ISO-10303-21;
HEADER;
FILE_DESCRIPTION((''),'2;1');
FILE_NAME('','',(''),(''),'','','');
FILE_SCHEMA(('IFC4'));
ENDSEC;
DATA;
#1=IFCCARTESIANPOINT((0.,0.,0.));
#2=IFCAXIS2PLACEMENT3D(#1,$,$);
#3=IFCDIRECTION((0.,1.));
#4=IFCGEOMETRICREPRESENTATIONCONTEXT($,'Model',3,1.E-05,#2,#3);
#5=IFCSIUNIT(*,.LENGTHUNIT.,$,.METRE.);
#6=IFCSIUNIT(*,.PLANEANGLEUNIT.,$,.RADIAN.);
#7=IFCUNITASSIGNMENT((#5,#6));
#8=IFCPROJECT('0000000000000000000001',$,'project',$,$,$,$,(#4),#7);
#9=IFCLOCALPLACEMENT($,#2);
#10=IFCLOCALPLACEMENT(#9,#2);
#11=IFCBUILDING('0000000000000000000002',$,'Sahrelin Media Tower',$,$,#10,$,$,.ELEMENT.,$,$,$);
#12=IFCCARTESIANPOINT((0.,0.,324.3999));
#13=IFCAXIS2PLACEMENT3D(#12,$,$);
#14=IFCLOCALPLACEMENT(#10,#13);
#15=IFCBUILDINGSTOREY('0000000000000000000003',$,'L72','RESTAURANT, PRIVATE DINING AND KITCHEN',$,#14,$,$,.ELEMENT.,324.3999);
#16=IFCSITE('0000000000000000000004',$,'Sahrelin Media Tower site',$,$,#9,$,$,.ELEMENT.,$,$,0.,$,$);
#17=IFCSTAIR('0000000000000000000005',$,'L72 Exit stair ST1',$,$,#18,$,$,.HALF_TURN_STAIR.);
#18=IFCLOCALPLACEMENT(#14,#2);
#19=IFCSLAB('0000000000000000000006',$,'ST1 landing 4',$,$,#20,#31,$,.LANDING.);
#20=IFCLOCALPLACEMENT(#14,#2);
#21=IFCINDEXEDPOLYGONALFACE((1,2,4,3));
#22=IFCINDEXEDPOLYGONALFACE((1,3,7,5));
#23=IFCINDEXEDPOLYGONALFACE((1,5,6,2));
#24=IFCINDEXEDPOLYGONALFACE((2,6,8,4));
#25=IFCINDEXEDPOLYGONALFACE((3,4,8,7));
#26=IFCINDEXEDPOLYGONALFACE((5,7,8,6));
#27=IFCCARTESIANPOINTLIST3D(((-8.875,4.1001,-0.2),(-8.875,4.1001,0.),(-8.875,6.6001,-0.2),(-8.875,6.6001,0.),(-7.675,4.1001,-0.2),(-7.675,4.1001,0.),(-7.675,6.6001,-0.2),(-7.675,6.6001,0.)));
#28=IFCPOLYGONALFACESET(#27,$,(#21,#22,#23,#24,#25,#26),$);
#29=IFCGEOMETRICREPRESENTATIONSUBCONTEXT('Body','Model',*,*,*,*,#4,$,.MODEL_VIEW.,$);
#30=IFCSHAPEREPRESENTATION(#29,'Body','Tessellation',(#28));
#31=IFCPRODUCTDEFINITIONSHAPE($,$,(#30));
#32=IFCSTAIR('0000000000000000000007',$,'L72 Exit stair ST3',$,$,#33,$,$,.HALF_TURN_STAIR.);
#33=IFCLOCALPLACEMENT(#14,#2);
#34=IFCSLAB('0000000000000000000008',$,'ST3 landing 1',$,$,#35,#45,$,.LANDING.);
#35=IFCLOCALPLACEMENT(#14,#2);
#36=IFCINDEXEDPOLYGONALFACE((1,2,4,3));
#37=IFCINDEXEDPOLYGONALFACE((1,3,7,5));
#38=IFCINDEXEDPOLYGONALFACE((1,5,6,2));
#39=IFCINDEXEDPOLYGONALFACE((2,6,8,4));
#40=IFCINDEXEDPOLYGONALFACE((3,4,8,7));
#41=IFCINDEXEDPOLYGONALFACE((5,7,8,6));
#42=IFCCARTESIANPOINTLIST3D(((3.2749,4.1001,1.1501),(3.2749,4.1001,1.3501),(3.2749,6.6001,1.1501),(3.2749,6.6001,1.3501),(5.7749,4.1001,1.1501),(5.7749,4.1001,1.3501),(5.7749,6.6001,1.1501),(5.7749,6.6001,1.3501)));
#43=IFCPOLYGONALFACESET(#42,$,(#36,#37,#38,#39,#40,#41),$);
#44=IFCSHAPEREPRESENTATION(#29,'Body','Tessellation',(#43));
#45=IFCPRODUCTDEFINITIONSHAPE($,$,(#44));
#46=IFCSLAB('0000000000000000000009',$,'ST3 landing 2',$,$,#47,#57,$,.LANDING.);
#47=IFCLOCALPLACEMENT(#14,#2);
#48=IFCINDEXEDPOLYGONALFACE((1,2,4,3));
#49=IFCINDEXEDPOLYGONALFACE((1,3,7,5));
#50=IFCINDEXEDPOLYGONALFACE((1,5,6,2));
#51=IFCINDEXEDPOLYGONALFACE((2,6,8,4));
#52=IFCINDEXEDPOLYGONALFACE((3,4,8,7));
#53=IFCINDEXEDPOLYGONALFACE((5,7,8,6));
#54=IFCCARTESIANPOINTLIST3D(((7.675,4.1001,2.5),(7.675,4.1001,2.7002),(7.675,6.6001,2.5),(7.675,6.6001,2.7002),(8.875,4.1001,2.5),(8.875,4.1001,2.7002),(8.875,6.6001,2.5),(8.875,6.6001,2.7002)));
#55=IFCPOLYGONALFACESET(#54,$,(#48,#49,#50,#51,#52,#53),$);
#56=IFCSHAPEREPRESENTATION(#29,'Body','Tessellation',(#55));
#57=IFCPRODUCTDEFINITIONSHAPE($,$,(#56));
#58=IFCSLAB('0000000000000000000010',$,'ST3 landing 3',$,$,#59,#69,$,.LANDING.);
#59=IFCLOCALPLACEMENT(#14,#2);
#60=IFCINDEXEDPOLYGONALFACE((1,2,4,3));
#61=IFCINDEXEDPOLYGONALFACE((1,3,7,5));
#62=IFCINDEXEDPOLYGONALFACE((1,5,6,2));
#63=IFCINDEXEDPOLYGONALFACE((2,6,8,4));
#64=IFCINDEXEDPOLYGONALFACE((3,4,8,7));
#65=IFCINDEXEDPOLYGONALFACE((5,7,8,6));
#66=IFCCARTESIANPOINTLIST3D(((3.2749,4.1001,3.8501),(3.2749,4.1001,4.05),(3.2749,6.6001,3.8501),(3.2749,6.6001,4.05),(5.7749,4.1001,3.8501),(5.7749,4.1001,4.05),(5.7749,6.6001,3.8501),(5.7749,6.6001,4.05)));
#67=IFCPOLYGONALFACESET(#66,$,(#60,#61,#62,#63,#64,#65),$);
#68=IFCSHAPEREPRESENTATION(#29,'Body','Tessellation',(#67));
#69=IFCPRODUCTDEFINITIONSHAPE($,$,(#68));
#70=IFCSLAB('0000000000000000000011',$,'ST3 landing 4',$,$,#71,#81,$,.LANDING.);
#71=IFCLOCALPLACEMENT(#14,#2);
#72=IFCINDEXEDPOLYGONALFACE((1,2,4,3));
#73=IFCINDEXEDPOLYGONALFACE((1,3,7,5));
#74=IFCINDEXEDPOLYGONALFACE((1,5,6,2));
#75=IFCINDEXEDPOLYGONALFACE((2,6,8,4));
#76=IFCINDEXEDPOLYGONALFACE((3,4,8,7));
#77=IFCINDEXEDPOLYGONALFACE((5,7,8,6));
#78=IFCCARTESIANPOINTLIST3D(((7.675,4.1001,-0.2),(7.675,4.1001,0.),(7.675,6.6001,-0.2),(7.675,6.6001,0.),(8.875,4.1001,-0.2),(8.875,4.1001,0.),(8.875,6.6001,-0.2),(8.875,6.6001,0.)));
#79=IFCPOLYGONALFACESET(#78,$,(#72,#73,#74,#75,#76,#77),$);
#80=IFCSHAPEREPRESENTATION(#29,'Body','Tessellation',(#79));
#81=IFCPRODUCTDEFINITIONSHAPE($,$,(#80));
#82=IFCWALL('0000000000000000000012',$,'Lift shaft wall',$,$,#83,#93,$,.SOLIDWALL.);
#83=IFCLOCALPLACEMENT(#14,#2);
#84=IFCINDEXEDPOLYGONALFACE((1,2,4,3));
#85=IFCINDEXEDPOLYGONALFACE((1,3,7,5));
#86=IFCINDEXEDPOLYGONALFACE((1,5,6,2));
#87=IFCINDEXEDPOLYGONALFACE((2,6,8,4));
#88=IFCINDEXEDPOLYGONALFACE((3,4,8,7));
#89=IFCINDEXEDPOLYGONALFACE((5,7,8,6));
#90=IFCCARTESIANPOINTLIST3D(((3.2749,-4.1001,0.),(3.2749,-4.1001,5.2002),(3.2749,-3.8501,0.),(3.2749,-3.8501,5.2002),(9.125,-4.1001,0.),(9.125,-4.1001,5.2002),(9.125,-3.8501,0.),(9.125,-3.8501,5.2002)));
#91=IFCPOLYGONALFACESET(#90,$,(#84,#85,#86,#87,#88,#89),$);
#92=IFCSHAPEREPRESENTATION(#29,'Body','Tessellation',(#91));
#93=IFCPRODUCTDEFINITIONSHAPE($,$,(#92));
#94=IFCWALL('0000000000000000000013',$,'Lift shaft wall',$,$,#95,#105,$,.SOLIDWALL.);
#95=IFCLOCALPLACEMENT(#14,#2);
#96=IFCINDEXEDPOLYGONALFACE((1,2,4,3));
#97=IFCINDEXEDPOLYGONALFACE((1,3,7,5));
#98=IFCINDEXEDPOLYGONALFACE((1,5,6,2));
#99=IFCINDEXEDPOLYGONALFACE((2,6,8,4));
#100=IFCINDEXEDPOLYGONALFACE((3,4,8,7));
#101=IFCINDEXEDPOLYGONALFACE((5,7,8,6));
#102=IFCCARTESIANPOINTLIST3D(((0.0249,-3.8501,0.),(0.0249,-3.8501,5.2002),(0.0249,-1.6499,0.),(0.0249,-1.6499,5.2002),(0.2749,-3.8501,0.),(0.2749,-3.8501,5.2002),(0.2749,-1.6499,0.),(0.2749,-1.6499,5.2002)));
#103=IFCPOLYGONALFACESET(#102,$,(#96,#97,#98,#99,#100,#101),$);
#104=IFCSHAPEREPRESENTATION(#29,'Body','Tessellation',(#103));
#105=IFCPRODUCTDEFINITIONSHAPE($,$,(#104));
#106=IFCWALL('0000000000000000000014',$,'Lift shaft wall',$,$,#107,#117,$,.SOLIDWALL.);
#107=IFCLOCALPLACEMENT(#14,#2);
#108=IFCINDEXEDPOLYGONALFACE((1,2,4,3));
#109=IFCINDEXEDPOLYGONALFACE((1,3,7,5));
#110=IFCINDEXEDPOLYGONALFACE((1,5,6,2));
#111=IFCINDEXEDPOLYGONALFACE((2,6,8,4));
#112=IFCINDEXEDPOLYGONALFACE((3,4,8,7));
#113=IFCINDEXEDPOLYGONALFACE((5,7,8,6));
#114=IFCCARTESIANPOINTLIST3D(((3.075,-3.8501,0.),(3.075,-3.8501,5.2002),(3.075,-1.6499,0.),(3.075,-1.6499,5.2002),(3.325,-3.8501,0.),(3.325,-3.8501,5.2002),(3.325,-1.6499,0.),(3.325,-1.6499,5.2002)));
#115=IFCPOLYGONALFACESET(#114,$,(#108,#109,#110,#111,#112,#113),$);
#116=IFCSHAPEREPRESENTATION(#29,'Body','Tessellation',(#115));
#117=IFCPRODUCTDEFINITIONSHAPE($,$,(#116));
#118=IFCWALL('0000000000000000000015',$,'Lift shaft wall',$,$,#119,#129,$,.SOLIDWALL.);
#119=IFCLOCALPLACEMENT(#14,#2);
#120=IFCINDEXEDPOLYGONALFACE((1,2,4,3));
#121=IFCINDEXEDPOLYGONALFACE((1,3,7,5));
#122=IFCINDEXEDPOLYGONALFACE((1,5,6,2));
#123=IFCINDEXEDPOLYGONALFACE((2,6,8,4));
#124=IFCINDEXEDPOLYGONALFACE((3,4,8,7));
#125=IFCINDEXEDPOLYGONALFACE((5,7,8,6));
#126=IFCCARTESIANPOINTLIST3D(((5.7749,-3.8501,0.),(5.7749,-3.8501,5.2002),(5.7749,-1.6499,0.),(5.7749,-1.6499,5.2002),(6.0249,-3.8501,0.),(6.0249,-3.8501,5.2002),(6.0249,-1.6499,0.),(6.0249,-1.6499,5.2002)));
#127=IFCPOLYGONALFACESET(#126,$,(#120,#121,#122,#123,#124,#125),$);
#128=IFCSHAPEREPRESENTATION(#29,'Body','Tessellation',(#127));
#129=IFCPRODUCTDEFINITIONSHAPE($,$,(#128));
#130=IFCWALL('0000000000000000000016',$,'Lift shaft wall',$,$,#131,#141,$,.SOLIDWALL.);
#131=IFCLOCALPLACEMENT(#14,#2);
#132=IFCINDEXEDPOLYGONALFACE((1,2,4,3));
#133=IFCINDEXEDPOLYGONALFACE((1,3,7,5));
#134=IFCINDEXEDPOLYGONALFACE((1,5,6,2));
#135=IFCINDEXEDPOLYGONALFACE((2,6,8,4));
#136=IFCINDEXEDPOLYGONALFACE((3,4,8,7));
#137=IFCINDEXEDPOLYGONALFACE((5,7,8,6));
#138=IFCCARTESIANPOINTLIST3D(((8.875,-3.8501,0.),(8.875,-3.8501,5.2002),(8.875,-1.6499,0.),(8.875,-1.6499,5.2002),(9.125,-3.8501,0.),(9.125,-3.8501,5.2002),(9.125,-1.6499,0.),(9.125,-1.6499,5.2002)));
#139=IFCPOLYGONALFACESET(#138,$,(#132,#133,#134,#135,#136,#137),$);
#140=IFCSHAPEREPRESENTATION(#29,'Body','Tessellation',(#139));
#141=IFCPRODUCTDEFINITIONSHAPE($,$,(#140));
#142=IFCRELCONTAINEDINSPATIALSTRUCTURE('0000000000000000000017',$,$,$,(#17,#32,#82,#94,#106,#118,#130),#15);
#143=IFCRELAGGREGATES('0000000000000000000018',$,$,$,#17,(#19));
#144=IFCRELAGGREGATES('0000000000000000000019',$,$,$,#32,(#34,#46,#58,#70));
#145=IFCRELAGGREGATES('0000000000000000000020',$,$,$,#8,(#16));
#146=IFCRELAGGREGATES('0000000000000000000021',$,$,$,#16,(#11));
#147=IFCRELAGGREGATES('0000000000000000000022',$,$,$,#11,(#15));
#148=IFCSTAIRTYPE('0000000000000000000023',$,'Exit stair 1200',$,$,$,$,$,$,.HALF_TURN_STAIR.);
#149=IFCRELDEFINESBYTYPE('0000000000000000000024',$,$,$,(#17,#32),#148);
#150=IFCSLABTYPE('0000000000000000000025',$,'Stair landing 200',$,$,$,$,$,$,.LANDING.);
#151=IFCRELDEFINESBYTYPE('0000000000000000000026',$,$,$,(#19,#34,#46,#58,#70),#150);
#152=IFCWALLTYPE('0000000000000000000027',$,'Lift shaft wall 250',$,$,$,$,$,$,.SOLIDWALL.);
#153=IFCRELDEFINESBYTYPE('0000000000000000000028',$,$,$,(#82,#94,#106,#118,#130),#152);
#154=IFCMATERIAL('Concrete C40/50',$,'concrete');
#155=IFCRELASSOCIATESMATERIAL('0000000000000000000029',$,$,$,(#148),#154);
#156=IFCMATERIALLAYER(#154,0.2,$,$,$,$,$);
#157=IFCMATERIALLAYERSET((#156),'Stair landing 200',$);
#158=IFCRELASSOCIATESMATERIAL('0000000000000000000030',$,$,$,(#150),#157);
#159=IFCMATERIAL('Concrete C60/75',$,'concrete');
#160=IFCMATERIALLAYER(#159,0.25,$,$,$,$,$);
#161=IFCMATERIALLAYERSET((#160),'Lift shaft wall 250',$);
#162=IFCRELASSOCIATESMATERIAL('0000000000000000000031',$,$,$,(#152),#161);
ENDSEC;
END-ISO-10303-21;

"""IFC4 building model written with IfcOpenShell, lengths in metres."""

from ifc_helpers import new_model, si_unit, direction, frame, frame_2d, origin, place, context, subcontext, project, spatial, polyline, rectangle, outline, extrude, material, layer, layer_set, type_object, element, aggregate, save


model = new_model("IFC4")

# Units and contexts
model_context = context("Model", 3, precision=1e-05, world=origin(), true_north=direction((0.0, 1.0)))
body_context = subcontext(model_context, "Body", "Model", "MODEL_VIEW")
ifc_project = project(units=[si_unit("LENGTHUNIT", "METRE"), si_unit("PLANEANGLEUNIT", "RADIAN")], contexts=[model_context])

# Site, building, storey
site_placement = place(None, origin())
site = spatial("IfcSite", under=ifc_project, at=site_placement, Name="Sahrelin Media Tower site", CompositionType="ELEMENT", RefElevation=0.0)
building_placement = place(site_placement, origin())
building = spatial("IfcBuilding", under=site, at=building_placement, Name="Sahrelin Media Tower", CompositionType="ELEMENT")
storey_placement = place(building_placement, frame((0.0, 0.0, 324.3999)))
storey = spatial("IfcBuildingStorey", under=building, at=storey_placement, Name="L72", Description="RESTAURANT, PRIVATE DINING AND KITCHEN", CompositionType="ELEMENT", Elevation=324.3999)

# Stair, slab
ifc_material_1 = material(Name="Concrete C40/50", Category="concrete")
stair_type = type_object("IfcStairType", Name="Exit stair 1200", PredefinedType="HALF_TURN_STAIR", material=ifc_material_1)
placement_1 = place(storey_placement, origin())
stair_1 = element("IfcStair", 1, at=placement_1, inside=storey, type_object=stair_type, Name="L72 Exit stair ST1", PredefinedType="HALF_TURN_STAIR")
ifc_layer_1 = layer(ifc_material_1, 0.2)
ifc_layer_set_1 = layer_set([ifc_layer_1], Name="Stair landing 200")
slab_type = type_object("IfcSlabType", Name="Stair landing 200", PredefinedType="LANDING", material=ifc_layer_set_1)
placement_2 = place(storey_placement, frame((0.0, 0.0, -0.2)))
slab_1 = element("IfcSlab", 2, at=placement_2, type_object=slab_type, Name="ST1 landing 4", PredefinedType="LANDING", context=body_context, shape_type="SweptSolid", body=[
    extrude(outline(polyline([(-8.875, 4.1001), (-7.675, 4.1001), (-7.675, 6.6001), (-8.875, 6.6001), (-8.875, 4.1001)])), origin(), (0.0, 0.0, 1.0), 0.2),
])
aggregate(stair_1, [slab_1])

# Stair, slabs
stair_2 = element("IfcStair", 3, at=placement_1, inside=storey, type_object=stair_type, Name="L72 Exit stair ST3", PredefinedType="HALF_TURN_STAIR")
slab_2_placement = place(storey_placement, frame((0.0, 0.0, 1.1501)))
slab_2 = element("IfcSlab", 4, at=slab_2_placement, type_object=slab_type, Name="ST3 landing 1", PredefinedType="LANDING", context=body_context, shape_type="SweptSolid", body=[
    extrude(outline(polyline([(5.7749, 6.6001), (3.2749, 6.6001), (3.2749, 4.1001), (5.7749, 4.1001), (5.7749, 6.6001)])), origin(), (0.0, 0.0, 1.0), 0.2),
])
slab_3_placement = place(storey_placement, frame((0.0, 0.0, 2.5)))
slab_3 = element("IfcSlab", 5, at=slab_3_placement, type_object=slab_type, Name="ST3 landing 2", PredefinedType="LANDING", context=body_context, shape_type="SweptSolid", body=[
    extrude(outline(polyline([(8.875, 6.6001), (7.675, 6.6001), (7.675, 4.1001), (8.875, 4.1001), (8.875, 6.6001)])), origin(), (0.0, 0.0, 1.0), 0.2002),
])
slab_4_placement = place(storey_placement, frame((0.0, 0.0, 3.8501)))
slab_4 = element("IfcSlab", 6, at=slab_4_placement, type_object=slab_type, Name="ST3 landing 3", PredefinedType="LANDING", context=body_context, shape_type="SweptSolid", body=[
    extrude(outline(polyline([(5.7749, 6.6001), (3.2749, 6.6001), (3.2749, 4.1001), (5.7749, 4.1001), (5.7749, 6.6001)])), origin(), (0.0, 0.0, 1.0), 0.2),
])
slab_5 = element("IfcSlab", 7, at=placement_2, type_object=slab_type, Name="ST3 landing 4", PredefinedType="LANDING", context=body_context, shape_type="SweptSolid", body=[
    extrude(outline(polyline([(8.875, 6.6001), (7.675, 6.6001), (7.675, 4.1001), (8.875, 4.1001), (8.875, 6.6001)])), origin(), (0.0, 0.0, 1.0), 0.2),
])
aggregate(stair_2, [slab_2, slab_3, slab_4, slab_5])

# Walls
ifc_material_2 = material(Name="Concrete C60/75", Category="concrete")
ifc_layer_2 = layer(ifc_material_2, 0.25)
ifc_layer_set_2 = layer_set([ifc_layer_2], Name="Lift shaft wall 250")
wall_type = type_object("IfcWallType", Name="Lift shaft wall 250", PredefinedType="SOLIDWALL", material=ifc_layer_set_2)
wall_placement = place(storey_placement, frame((3.2749, -3.9751, 0.0), z_axis=(0.0, 0.0, 1.0), x_axis=(1.0, 0.0, 0.0)))
element("IfcWall", 8, at=wall_placement, inside=storey, type_object=wall_type, Name="Lift shaft wall", PredefinedType="SOLIDWALL", context=body_context, shape_type="SweptSolid", body=[
    extrude(rectangle(XDim=5.8501, YDim=0.25, at=frame_2d((2.925, 0.0))), origin(), (0.0, 0.0, 1.0), 5.2002),
])
for number, where, z_axis, x_axis, name in (
    (9, (0.1499, -3.8501, 0.0), (0.0, 0.0, 1.0), (0.0, 1.0, 0.0), "Lift shaft wall"),
    (10, (3.2, -3.8501, 0.0), (0.0, 0.0, 1.0), (0.0, 1.0, 0.0), "Lift shaft wall"),
    (11, (5.8999, -3.8501, 0.0), (0.0, 0.0, 1.0), (0.0, 1.0, 0.0), "Lift shaft wall"),
    (12, (9.0, -3.8501, 0.0), (0.0, 0.0, 1.0), (0.0, 1.0, 0.0), "Lift shaft wall"),
):
    element("IfcWall", number, at=place(storey_placement, frame(where, z_axis=z_axis, x_axis=x_axis)), inside=storey, type_object=wall_type, Name=name, PredefinedType="SOLIDWALL", context=body_context, shape_type="SweptSolid", body=[
        extrude(rectangle(XDim=2.2002, YDim=0.25, at=frame_2d((1.1001, 0.0))), origin(), (0.0, 0.0, 1.0), 5.2002),
    ])

save(model, "model.ifc")
